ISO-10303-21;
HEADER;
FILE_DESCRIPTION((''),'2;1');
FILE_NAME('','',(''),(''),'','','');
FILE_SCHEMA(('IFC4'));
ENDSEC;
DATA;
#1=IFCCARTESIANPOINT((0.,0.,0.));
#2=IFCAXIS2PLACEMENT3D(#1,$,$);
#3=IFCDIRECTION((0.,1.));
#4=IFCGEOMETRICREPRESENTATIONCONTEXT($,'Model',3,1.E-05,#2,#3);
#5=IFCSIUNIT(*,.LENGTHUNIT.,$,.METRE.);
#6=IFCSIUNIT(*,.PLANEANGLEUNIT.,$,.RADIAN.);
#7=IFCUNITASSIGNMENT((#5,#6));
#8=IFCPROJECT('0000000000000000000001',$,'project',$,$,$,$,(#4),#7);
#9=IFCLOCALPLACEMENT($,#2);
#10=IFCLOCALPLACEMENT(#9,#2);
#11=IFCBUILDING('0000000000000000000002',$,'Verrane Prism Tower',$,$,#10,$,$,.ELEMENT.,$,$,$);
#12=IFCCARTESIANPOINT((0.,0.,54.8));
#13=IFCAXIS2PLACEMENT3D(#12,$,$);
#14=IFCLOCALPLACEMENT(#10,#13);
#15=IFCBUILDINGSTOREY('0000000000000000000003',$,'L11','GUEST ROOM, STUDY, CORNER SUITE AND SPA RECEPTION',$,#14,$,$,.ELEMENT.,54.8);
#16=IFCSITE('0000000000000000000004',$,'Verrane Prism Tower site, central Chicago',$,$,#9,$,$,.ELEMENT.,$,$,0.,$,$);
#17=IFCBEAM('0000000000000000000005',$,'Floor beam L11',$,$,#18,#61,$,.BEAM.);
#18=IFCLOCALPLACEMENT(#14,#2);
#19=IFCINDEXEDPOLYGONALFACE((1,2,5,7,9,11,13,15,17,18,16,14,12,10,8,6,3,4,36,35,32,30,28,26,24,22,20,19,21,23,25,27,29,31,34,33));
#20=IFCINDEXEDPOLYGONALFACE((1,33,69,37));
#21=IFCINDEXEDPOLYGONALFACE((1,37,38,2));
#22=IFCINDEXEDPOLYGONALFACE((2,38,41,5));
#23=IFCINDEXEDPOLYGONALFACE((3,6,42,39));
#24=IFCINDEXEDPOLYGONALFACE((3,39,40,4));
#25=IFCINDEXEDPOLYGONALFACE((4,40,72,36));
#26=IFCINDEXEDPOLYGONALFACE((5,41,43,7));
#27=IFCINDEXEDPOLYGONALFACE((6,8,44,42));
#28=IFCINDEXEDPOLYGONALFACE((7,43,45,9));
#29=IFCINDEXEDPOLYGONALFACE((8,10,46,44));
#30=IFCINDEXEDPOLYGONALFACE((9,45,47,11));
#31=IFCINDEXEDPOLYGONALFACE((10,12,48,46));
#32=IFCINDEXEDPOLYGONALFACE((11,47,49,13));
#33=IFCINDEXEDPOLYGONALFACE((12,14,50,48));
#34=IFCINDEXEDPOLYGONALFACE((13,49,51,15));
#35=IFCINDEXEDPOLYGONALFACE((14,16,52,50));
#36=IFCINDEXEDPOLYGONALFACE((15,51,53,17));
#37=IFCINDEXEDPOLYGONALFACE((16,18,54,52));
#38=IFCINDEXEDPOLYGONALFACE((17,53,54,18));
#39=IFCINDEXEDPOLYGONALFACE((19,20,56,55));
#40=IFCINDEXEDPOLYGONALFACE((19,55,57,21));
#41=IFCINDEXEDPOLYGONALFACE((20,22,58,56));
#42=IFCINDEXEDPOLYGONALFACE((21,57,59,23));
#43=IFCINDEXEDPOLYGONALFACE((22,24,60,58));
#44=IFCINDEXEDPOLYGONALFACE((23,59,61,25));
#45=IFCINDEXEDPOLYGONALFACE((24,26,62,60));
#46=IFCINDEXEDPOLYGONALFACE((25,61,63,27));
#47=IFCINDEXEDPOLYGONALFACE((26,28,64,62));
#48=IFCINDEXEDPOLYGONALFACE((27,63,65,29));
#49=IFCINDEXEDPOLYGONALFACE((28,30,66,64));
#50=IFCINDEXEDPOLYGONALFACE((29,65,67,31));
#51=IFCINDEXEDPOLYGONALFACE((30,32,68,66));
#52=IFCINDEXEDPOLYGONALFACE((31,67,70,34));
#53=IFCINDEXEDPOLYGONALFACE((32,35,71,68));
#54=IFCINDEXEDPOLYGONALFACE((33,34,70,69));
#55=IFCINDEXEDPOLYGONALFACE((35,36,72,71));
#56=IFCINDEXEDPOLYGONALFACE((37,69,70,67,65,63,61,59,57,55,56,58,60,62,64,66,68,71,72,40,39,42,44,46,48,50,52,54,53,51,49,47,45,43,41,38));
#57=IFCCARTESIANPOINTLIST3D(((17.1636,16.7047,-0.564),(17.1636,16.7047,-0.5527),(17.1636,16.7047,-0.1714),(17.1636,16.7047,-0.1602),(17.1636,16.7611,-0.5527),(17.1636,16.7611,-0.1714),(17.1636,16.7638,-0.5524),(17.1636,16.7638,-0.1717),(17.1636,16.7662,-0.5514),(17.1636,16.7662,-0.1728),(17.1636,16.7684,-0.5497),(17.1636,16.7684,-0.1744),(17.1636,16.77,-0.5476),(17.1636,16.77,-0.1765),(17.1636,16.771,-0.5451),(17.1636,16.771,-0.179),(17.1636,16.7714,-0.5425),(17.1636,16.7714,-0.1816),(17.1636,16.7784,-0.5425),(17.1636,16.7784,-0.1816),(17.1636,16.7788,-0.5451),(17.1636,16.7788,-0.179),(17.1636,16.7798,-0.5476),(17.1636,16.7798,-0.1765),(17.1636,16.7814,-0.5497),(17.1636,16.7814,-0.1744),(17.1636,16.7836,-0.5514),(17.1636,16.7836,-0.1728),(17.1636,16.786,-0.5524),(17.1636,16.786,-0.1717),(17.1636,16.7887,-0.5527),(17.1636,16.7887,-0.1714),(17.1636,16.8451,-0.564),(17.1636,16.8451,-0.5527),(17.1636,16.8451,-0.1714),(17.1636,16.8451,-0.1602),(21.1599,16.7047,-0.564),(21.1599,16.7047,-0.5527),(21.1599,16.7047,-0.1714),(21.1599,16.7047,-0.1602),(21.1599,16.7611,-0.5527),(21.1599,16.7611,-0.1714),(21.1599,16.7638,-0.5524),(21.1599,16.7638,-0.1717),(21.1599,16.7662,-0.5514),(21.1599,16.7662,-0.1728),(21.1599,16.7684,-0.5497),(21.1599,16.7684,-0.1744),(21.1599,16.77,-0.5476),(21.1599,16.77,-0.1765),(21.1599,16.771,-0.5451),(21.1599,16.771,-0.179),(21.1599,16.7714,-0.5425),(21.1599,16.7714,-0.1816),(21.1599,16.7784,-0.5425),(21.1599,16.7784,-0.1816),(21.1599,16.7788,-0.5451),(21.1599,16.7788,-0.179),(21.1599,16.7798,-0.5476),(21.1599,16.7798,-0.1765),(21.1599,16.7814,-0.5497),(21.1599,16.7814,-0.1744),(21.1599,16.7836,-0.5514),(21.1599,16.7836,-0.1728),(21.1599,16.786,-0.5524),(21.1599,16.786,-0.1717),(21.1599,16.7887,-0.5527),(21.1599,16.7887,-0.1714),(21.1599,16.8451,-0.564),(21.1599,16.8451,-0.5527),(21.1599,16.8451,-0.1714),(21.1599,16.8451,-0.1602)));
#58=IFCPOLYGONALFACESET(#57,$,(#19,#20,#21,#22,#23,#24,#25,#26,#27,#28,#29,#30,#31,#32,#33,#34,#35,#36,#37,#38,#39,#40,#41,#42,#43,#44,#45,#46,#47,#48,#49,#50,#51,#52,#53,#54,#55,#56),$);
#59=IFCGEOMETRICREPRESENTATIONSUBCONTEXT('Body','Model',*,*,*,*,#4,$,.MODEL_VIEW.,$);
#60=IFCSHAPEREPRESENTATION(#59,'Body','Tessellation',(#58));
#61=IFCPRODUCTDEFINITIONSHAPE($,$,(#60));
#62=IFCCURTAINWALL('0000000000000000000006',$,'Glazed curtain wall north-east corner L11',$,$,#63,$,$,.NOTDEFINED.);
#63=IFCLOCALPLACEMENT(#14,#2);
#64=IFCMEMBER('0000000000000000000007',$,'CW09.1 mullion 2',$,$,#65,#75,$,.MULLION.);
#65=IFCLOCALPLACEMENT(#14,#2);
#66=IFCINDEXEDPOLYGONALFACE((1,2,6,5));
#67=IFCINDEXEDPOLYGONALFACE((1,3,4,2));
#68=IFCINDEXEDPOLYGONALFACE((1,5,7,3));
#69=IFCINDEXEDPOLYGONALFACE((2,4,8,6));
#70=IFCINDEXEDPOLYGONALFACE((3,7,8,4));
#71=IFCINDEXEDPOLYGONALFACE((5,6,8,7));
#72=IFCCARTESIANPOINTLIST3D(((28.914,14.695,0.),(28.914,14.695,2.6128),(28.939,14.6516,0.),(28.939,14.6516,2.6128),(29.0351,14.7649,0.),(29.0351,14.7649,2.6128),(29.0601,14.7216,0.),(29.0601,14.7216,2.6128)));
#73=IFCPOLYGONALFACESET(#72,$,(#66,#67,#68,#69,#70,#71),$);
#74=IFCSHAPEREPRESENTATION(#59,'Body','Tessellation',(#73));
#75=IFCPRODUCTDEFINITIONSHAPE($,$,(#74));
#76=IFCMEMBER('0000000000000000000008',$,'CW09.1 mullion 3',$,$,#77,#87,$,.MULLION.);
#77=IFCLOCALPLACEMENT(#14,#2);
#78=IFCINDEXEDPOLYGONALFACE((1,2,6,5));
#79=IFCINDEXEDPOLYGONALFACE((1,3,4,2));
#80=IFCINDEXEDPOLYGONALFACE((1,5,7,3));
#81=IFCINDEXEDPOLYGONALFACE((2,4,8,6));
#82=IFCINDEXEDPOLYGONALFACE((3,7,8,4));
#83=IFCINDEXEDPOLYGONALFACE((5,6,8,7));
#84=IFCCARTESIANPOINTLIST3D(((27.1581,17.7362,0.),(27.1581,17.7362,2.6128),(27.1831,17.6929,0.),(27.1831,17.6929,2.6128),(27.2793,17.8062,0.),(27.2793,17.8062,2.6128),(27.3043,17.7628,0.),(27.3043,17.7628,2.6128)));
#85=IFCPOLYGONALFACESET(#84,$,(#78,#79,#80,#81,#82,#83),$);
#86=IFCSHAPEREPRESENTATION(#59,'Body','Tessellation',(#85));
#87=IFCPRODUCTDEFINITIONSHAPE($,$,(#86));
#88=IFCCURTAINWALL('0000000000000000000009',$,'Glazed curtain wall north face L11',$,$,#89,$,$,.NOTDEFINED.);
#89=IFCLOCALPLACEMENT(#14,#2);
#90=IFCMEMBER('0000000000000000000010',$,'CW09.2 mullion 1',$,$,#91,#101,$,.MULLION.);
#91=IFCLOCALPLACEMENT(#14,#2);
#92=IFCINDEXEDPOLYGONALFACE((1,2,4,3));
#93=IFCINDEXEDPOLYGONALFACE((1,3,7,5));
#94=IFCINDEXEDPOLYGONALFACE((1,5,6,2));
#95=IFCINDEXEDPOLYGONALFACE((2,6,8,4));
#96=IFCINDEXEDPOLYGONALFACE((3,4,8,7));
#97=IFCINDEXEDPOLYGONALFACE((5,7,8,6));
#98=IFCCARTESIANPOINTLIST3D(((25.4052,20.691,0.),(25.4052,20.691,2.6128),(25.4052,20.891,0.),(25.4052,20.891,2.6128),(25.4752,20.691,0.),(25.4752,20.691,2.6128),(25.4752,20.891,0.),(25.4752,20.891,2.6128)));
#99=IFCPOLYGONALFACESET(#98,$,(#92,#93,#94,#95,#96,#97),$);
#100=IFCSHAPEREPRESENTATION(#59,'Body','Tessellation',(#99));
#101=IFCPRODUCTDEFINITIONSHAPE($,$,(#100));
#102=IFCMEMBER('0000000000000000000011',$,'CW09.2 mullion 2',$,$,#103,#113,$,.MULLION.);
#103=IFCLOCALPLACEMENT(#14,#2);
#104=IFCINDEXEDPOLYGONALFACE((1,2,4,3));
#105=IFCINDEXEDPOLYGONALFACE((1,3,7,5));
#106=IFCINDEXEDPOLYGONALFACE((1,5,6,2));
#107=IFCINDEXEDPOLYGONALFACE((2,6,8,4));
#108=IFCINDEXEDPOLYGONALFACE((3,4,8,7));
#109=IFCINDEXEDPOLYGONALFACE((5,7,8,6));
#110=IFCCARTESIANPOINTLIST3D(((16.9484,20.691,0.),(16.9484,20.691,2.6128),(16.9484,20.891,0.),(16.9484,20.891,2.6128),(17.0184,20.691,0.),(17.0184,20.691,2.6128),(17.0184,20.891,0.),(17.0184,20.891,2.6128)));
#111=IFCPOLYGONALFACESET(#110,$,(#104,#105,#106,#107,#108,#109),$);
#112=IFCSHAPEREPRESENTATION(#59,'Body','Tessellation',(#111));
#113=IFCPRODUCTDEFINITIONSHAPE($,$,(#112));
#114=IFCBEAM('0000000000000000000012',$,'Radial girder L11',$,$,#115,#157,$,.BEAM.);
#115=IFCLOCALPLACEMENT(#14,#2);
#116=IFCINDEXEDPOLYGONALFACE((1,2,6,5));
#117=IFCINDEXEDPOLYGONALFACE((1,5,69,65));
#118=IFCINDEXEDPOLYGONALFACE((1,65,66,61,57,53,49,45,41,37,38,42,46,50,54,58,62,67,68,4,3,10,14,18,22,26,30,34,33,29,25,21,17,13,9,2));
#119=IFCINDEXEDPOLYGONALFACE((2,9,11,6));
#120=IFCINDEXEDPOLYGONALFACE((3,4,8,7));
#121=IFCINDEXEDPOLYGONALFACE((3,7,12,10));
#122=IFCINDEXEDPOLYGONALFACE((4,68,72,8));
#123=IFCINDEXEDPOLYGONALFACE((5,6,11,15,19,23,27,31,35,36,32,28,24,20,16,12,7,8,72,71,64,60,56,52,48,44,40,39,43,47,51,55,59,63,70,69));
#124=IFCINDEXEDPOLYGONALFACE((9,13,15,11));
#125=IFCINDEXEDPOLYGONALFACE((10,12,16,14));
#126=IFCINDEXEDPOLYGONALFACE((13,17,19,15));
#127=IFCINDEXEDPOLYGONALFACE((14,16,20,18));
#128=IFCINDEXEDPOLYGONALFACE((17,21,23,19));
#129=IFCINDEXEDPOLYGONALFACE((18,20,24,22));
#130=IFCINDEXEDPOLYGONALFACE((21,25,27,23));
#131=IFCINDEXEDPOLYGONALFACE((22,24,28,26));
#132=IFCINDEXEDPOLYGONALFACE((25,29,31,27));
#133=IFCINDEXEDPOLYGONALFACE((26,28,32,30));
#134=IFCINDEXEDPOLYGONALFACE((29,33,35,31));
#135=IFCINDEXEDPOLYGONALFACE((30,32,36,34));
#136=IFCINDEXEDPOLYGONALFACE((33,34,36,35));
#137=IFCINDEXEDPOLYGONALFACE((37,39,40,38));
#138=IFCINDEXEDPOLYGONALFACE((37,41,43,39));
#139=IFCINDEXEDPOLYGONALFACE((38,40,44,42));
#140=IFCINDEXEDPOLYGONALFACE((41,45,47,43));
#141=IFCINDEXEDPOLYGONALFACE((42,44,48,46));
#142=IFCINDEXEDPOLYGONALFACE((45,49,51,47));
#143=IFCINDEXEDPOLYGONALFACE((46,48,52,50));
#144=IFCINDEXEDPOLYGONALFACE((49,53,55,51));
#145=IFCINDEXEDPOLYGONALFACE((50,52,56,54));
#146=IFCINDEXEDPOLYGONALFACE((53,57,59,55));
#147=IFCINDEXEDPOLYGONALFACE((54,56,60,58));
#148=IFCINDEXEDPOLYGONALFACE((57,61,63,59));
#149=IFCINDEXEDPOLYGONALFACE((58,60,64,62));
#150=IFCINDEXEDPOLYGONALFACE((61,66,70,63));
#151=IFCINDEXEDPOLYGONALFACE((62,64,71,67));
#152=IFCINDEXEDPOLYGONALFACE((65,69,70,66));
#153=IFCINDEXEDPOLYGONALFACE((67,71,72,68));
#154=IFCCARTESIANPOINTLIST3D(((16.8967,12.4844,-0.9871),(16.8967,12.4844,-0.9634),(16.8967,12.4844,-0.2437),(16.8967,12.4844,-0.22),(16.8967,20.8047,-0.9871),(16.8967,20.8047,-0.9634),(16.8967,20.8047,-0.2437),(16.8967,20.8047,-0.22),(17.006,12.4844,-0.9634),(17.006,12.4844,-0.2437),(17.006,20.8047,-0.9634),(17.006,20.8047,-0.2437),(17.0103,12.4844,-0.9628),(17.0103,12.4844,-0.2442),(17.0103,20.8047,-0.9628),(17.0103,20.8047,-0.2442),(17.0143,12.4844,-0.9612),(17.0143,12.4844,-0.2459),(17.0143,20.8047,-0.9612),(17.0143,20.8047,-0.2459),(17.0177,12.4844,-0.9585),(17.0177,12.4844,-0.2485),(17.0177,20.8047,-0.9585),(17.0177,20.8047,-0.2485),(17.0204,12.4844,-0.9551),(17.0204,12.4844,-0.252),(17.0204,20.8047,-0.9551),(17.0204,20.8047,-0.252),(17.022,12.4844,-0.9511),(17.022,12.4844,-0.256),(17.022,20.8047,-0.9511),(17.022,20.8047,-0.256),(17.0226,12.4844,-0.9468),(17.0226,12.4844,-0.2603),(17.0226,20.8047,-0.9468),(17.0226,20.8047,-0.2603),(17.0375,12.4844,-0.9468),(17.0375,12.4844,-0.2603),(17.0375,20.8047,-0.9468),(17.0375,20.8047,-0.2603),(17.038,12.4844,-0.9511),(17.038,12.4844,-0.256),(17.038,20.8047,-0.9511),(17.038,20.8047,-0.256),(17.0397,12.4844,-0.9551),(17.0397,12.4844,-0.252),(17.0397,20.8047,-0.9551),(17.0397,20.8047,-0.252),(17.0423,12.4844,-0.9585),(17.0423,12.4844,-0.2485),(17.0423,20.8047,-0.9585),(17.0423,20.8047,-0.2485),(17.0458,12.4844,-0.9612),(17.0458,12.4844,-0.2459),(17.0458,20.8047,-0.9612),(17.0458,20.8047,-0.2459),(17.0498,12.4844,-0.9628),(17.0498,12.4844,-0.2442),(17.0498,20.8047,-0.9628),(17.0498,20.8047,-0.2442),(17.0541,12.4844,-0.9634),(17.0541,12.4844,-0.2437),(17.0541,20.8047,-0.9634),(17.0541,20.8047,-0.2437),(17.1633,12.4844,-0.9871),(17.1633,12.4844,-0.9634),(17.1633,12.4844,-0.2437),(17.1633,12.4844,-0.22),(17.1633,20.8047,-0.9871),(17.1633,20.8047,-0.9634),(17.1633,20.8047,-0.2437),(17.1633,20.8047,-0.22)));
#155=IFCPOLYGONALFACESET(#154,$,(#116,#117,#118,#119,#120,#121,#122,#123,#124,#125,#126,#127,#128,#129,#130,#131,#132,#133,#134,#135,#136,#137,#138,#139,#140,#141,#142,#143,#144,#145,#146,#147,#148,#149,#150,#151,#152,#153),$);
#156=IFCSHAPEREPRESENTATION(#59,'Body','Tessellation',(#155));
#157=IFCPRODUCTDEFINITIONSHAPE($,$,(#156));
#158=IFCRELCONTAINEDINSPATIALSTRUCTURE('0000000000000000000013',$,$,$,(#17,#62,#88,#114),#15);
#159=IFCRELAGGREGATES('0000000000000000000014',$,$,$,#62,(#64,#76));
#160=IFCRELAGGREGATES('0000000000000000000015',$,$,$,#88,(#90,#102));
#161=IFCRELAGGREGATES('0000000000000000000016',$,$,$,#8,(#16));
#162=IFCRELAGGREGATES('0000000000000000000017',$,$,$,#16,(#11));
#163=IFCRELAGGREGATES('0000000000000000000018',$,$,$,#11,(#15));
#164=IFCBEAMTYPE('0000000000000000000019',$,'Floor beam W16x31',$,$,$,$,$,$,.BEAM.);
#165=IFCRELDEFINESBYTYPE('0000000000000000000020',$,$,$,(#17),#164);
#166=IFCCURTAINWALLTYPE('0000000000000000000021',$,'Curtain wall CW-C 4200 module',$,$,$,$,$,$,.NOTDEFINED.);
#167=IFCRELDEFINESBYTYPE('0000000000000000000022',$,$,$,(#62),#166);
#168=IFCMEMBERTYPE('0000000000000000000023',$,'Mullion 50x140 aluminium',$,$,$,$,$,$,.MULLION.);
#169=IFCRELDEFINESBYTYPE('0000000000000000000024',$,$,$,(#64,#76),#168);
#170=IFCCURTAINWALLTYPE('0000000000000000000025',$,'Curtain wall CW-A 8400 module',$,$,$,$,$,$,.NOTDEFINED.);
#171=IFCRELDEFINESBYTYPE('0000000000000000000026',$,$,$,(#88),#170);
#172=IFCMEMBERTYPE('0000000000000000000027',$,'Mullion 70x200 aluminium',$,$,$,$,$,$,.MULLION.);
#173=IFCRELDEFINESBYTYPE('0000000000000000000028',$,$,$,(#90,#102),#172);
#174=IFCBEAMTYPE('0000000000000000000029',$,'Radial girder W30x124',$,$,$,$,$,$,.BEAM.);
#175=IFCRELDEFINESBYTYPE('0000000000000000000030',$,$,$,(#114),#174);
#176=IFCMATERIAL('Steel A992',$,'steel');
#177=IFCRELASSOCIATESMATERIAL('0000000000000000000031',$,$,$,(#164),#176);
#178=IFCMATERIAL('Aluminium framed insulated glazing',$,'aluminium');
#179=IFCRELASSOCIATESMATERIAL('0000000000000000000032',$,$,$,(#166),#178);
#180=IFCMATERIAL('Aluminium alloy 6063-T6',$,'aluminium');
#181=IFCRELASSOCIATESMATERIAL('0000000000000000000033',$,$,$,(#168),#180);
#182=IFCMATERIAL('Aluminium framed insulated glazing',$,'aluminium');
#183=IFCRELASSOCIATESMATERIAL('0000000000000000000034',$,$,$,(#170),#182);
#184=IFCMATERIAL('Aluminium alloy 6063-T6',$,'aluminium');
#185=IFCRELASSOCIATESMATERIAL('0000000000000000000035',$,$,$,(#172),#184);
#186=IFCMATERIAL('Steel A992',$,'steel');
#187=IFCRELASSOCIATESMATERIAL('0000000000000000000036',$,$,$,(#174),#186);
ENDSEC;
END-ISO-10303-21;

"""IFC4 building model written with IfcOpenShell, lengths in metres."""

from ifc_helpers import new_model, si_unit, direction, frame, origin, origin_2d, place, context, subcontext, project, spatial, rectangle, i_section, extrude, material, material_profile, profile_set, type_object, element, aggregate, save


model = new_model("IFC4")

# Units and contexts
model_context = context("Model", 3, precision=1e-05, world=origin(), true_north=direction((0.0, 1.0)))
body_context = subcontext(model_context, "Body", "Model", "MODEL_VIEW")
ifc_project = project(units=[si_unit("LENGTHUNIT", "METRE"), si_unit("PLANEANGLEUNIT", "RADIAN")], contexts=[model_context])

# Site, building, storey
site_placement = place(None, origin())
site = spatial("IfcSite", under=ifc_project, at=site_placement, Name="Verrane Prism Tower site, central Chicago", CompositionType="ELEMENT", RefElevation=0.0)
building_placement = place(site_placement, origin())
building = spatial("IfcBuilding", under=site, at=building_placement, Name="Verrane Prism Tower", CompositionType="ELEMENT")
storey_placement = place(building_placement, frame((0.0, 0.0, 54.8)))
storey = spatial("IfcBuildingStorey", under=building, at=storey_placement, Name="L11", Description="GUEST ROOM, STUDY, CORNER SUITE AND SPA RECEPTION", CompositionType="ELEMENT", Elevation=54.8)

# Beam
ifc_material_1 = material(Name="Steel A992", Category="steel")
ifc_material_profile_1 = material_profile(ifc_material_1, i_section(OverallWidth=0.1404, OverallDepth=0.4038, WebThickness=0.0071, FlangeThickness=0.0112, FilletRadius=0.0103, at=origin_2d()), Name="W16x31")
ifc_profile_set_1 = profile_set([ifc_material_profile_1], Name="Steel A992")
beam_type_1 = type_object("IfcBeamType", Name="Floor beam W16x31", PredefinedType="BEAM", material=ifc_profile_set_1)
beam_1_placement = place(storey_placement, frame((17.1636, 16.7749, -0.3621), z_axis=(1.0, 0.0, 0.0), x_axis=(0.0, 1.0, 0.0)))
element("IfcBeam", 1, at=beam_1_placement, inside=storey, type_object=beam_type_1, Name="Floor beam L11", PredefinedType="BEAM", context=body_context, shape_type="SweptSolid", body=[
    extrude(i_section(OverallWidth=0.1404, OverallDepth=0.4038, WebThickness=0.0071, FlangeThickness=0.0112, FilletRadius=0.0103, at=origin_2d()), origin(), (0.0, 0.0, 1.0), 3.9963),
])

# Curtain walls, members
ifc_material_2 = material(Name="Aluminium framed insulated glazing", Category="aluminium")
curtain_wall_type_1 = type_object("IfcCurtainWallType", Name="Curtain wall CW-C 4200 module", PredefinedType="NOTDEFINED", material=ifc_material_2)
curtain_wall_1_placement = place(storey_placement, origin())
curtain_wall_1 = element("IfcCurtainWall", 2, at=curtain_wall_1_placement, inside=storey, type_object=curtain_wall_type_1, Name="Glazed curtain wall north-east corner L11", PredefinedType="NOTDEFINED")
ifc_material_3 = material(Name="Aluminium alloy 6063-T6", Category="aluminium")
ifc_material_profile_2 = material_profile(ifc_material_3, rectangle(XDim=0.1399, YDim=0.05, at=origin_2d()), Name="Mullion 50x140 aluminium")
ifc_profile_set_2 = profile_set([ifc_material_profile_2], Name="Aluminium alloy 6063-T6")
member_type_1 = type_object("IfcMemberType", Name="Mullion 50x140 aluminium", PredefinedType="MULLION", material=ifc_profile_set_2)
member_1_placement = place(storey_placement, frame((28.9871, 14.7083, 0.0), z_axis=(0.0, 0.0, 1.0), x_axis=(-0.866026, -0.499999, 0.0)))
member_1 = element("IfcMember", 3, at=member_1_placement, type_object=member_type_1, Name="CW09.1 mullion 2", PredefinedType="MULLION", context=body_context, shape_type="SweptSolid", body=[
    extrude(rectangle(XDim=0.1399, YDim=0.05, at=origin_2d()), origin(), (0.0, 0.0, 1.0), 2.6128),
])
member_2_placement = place(storey_placement, frame((27.2312, 17.7495, 0.0), z_axis=(0.0, 0.0, 1.0), x_axis=(-0.866026, -0.499999, 0.0)))
member_2 = element("IfcMember", 4, at=member_2_placement, type_object=member_type_1, Name="CW09.1 mullion 3", PredefinedType="MULLION", context=body_context, shape_type="SweptSolid", body=[
    extrude(rectangle(XDim=0.1399, YDim=0.05, at=origin_2d()), origin(), (0.0, 0.0, 1.0), 2.6128),
])
ifc_material_4 = material(Name="Aluminium framed insulated glazing", Category="aluminium")
curtain_wall_type_2 = type_object("IfcCurtainWallType", Name="Curtain wall CW-A 8400 module", PredefinedType="NOTDEFINED", material=ifc_material_4)
curtain_wall_2_placement = place(storey_placement, origin())
curtain_wall_2 = element("IfcCurtainWall", 5, at=curtain_wall_2_placement, inside=storey, type_object=curtain_wall_type_2, Name="Glazed curtain wall north face L11", PredefinedType="NOTDEFINED")
ifc_material_5 = material(Name="Aluminium alloy 6063-T6", Category="aluminium")
ifc_material_profile_3 = material_profile(ifc_material_5, rectangle(XDim=0.2, YDim=0.0701, at=origin_2d()), Name="Mullion 70x200 aluminium")
ifc_profile_set_3 = profile_set([ifc_material_profile_3], Name="Aluminium alloy 6063-T6")
member_type_2 = type_object("IfcMemberType", Name="Mullion 70x200 aluminium", PredefinedType="MULLION", material=ifc_profile_set_3)
member_3_placement = place(storey_placement, frame((25.4402, 20.791, 0.0), z_axis=(0.0, 0.0, 1.0), x_axis=(0.0, -1.0, 0.0)))
member_3 = element("IfcMember", 6, at=member_3_placement, type_object=member_type_2, Name="CW09.2 mullion 1", PredefinedType="MULLION", context=body_context, shape_type="SweptSolid", body=[
    extrude(rectangle(XDim=0.2, YDim=0.0701, at=origin_2d()), origin(), (0.0, 0.0, 1.0), 2.6128),
])
member_4_placement = place(storey_placement, frame((16.9834, 20.791, 0.0), z_axis=(0.0, 0.0, 1.0), x_axis=(0.0, -1.0, 0.0)))
member_4 = element("IfcMember", 7, at=member_4_placement, type_object=member_type_2, Name="CW09.2 mullion 2", PredefinedType="MULLION", context=body_context, shape_type="SweptSolid", body=[
    extrude(rectangle(XDim=0.2, YDim=0.0701, at=origin_2d()), origin(), (0.0, 0.0, 1.0), 2.6128),
])

# Beam
ifc_material_6 = material(Name="Steel A992", Category="steel")
ifc_material_profile_4 = material_profile(ifc_material_6, i_section(OverallWidth=0.2666, OverallDepth=0.7671, WebThickness=0.0149, FlangeThickness=0.0237, FilletRadius=0.0166, at=origin_2d()), Name="W30x124")
ifc_profile_set_4 = profile_set([ifc_material_profile_4], Name="Steel A992")
beam_type_2 = type_object("IfcBeamType", Name="Radial girder W30x124", PredefinedType="BEAM", material=ifc_profile_set_4)
beam_2_placement = place(storey_placement, frame((17.03, 20.8047, -0.6035), z_axis=(0.0, -1.0, 0.0), x_axis=(1.0, 0.0, 0.0)))
element("IfcBeam", 8, at=beam_2_placement, inside=storey, type_object=beam_type_2, Name="Radial girder L11", PredefinedType="BEAM", context=body_context, shape_type="SweptSolid", body=[
    extrude(i_section(OverallWidth=0.2666, OverallDepth=0.7671, WebThickness=0.0149, FlangeThickness=0.0237, FilletRadius=0.0166, at=origin_2d()), origin(), (0.0, 0.0, 1.0), 8.3203),
])

aggregate(curtain_wall_1, [member_1, member_2])
aggregate(curtain_wall_2, [member_3, member_4])

save(model, "model.ifc")
